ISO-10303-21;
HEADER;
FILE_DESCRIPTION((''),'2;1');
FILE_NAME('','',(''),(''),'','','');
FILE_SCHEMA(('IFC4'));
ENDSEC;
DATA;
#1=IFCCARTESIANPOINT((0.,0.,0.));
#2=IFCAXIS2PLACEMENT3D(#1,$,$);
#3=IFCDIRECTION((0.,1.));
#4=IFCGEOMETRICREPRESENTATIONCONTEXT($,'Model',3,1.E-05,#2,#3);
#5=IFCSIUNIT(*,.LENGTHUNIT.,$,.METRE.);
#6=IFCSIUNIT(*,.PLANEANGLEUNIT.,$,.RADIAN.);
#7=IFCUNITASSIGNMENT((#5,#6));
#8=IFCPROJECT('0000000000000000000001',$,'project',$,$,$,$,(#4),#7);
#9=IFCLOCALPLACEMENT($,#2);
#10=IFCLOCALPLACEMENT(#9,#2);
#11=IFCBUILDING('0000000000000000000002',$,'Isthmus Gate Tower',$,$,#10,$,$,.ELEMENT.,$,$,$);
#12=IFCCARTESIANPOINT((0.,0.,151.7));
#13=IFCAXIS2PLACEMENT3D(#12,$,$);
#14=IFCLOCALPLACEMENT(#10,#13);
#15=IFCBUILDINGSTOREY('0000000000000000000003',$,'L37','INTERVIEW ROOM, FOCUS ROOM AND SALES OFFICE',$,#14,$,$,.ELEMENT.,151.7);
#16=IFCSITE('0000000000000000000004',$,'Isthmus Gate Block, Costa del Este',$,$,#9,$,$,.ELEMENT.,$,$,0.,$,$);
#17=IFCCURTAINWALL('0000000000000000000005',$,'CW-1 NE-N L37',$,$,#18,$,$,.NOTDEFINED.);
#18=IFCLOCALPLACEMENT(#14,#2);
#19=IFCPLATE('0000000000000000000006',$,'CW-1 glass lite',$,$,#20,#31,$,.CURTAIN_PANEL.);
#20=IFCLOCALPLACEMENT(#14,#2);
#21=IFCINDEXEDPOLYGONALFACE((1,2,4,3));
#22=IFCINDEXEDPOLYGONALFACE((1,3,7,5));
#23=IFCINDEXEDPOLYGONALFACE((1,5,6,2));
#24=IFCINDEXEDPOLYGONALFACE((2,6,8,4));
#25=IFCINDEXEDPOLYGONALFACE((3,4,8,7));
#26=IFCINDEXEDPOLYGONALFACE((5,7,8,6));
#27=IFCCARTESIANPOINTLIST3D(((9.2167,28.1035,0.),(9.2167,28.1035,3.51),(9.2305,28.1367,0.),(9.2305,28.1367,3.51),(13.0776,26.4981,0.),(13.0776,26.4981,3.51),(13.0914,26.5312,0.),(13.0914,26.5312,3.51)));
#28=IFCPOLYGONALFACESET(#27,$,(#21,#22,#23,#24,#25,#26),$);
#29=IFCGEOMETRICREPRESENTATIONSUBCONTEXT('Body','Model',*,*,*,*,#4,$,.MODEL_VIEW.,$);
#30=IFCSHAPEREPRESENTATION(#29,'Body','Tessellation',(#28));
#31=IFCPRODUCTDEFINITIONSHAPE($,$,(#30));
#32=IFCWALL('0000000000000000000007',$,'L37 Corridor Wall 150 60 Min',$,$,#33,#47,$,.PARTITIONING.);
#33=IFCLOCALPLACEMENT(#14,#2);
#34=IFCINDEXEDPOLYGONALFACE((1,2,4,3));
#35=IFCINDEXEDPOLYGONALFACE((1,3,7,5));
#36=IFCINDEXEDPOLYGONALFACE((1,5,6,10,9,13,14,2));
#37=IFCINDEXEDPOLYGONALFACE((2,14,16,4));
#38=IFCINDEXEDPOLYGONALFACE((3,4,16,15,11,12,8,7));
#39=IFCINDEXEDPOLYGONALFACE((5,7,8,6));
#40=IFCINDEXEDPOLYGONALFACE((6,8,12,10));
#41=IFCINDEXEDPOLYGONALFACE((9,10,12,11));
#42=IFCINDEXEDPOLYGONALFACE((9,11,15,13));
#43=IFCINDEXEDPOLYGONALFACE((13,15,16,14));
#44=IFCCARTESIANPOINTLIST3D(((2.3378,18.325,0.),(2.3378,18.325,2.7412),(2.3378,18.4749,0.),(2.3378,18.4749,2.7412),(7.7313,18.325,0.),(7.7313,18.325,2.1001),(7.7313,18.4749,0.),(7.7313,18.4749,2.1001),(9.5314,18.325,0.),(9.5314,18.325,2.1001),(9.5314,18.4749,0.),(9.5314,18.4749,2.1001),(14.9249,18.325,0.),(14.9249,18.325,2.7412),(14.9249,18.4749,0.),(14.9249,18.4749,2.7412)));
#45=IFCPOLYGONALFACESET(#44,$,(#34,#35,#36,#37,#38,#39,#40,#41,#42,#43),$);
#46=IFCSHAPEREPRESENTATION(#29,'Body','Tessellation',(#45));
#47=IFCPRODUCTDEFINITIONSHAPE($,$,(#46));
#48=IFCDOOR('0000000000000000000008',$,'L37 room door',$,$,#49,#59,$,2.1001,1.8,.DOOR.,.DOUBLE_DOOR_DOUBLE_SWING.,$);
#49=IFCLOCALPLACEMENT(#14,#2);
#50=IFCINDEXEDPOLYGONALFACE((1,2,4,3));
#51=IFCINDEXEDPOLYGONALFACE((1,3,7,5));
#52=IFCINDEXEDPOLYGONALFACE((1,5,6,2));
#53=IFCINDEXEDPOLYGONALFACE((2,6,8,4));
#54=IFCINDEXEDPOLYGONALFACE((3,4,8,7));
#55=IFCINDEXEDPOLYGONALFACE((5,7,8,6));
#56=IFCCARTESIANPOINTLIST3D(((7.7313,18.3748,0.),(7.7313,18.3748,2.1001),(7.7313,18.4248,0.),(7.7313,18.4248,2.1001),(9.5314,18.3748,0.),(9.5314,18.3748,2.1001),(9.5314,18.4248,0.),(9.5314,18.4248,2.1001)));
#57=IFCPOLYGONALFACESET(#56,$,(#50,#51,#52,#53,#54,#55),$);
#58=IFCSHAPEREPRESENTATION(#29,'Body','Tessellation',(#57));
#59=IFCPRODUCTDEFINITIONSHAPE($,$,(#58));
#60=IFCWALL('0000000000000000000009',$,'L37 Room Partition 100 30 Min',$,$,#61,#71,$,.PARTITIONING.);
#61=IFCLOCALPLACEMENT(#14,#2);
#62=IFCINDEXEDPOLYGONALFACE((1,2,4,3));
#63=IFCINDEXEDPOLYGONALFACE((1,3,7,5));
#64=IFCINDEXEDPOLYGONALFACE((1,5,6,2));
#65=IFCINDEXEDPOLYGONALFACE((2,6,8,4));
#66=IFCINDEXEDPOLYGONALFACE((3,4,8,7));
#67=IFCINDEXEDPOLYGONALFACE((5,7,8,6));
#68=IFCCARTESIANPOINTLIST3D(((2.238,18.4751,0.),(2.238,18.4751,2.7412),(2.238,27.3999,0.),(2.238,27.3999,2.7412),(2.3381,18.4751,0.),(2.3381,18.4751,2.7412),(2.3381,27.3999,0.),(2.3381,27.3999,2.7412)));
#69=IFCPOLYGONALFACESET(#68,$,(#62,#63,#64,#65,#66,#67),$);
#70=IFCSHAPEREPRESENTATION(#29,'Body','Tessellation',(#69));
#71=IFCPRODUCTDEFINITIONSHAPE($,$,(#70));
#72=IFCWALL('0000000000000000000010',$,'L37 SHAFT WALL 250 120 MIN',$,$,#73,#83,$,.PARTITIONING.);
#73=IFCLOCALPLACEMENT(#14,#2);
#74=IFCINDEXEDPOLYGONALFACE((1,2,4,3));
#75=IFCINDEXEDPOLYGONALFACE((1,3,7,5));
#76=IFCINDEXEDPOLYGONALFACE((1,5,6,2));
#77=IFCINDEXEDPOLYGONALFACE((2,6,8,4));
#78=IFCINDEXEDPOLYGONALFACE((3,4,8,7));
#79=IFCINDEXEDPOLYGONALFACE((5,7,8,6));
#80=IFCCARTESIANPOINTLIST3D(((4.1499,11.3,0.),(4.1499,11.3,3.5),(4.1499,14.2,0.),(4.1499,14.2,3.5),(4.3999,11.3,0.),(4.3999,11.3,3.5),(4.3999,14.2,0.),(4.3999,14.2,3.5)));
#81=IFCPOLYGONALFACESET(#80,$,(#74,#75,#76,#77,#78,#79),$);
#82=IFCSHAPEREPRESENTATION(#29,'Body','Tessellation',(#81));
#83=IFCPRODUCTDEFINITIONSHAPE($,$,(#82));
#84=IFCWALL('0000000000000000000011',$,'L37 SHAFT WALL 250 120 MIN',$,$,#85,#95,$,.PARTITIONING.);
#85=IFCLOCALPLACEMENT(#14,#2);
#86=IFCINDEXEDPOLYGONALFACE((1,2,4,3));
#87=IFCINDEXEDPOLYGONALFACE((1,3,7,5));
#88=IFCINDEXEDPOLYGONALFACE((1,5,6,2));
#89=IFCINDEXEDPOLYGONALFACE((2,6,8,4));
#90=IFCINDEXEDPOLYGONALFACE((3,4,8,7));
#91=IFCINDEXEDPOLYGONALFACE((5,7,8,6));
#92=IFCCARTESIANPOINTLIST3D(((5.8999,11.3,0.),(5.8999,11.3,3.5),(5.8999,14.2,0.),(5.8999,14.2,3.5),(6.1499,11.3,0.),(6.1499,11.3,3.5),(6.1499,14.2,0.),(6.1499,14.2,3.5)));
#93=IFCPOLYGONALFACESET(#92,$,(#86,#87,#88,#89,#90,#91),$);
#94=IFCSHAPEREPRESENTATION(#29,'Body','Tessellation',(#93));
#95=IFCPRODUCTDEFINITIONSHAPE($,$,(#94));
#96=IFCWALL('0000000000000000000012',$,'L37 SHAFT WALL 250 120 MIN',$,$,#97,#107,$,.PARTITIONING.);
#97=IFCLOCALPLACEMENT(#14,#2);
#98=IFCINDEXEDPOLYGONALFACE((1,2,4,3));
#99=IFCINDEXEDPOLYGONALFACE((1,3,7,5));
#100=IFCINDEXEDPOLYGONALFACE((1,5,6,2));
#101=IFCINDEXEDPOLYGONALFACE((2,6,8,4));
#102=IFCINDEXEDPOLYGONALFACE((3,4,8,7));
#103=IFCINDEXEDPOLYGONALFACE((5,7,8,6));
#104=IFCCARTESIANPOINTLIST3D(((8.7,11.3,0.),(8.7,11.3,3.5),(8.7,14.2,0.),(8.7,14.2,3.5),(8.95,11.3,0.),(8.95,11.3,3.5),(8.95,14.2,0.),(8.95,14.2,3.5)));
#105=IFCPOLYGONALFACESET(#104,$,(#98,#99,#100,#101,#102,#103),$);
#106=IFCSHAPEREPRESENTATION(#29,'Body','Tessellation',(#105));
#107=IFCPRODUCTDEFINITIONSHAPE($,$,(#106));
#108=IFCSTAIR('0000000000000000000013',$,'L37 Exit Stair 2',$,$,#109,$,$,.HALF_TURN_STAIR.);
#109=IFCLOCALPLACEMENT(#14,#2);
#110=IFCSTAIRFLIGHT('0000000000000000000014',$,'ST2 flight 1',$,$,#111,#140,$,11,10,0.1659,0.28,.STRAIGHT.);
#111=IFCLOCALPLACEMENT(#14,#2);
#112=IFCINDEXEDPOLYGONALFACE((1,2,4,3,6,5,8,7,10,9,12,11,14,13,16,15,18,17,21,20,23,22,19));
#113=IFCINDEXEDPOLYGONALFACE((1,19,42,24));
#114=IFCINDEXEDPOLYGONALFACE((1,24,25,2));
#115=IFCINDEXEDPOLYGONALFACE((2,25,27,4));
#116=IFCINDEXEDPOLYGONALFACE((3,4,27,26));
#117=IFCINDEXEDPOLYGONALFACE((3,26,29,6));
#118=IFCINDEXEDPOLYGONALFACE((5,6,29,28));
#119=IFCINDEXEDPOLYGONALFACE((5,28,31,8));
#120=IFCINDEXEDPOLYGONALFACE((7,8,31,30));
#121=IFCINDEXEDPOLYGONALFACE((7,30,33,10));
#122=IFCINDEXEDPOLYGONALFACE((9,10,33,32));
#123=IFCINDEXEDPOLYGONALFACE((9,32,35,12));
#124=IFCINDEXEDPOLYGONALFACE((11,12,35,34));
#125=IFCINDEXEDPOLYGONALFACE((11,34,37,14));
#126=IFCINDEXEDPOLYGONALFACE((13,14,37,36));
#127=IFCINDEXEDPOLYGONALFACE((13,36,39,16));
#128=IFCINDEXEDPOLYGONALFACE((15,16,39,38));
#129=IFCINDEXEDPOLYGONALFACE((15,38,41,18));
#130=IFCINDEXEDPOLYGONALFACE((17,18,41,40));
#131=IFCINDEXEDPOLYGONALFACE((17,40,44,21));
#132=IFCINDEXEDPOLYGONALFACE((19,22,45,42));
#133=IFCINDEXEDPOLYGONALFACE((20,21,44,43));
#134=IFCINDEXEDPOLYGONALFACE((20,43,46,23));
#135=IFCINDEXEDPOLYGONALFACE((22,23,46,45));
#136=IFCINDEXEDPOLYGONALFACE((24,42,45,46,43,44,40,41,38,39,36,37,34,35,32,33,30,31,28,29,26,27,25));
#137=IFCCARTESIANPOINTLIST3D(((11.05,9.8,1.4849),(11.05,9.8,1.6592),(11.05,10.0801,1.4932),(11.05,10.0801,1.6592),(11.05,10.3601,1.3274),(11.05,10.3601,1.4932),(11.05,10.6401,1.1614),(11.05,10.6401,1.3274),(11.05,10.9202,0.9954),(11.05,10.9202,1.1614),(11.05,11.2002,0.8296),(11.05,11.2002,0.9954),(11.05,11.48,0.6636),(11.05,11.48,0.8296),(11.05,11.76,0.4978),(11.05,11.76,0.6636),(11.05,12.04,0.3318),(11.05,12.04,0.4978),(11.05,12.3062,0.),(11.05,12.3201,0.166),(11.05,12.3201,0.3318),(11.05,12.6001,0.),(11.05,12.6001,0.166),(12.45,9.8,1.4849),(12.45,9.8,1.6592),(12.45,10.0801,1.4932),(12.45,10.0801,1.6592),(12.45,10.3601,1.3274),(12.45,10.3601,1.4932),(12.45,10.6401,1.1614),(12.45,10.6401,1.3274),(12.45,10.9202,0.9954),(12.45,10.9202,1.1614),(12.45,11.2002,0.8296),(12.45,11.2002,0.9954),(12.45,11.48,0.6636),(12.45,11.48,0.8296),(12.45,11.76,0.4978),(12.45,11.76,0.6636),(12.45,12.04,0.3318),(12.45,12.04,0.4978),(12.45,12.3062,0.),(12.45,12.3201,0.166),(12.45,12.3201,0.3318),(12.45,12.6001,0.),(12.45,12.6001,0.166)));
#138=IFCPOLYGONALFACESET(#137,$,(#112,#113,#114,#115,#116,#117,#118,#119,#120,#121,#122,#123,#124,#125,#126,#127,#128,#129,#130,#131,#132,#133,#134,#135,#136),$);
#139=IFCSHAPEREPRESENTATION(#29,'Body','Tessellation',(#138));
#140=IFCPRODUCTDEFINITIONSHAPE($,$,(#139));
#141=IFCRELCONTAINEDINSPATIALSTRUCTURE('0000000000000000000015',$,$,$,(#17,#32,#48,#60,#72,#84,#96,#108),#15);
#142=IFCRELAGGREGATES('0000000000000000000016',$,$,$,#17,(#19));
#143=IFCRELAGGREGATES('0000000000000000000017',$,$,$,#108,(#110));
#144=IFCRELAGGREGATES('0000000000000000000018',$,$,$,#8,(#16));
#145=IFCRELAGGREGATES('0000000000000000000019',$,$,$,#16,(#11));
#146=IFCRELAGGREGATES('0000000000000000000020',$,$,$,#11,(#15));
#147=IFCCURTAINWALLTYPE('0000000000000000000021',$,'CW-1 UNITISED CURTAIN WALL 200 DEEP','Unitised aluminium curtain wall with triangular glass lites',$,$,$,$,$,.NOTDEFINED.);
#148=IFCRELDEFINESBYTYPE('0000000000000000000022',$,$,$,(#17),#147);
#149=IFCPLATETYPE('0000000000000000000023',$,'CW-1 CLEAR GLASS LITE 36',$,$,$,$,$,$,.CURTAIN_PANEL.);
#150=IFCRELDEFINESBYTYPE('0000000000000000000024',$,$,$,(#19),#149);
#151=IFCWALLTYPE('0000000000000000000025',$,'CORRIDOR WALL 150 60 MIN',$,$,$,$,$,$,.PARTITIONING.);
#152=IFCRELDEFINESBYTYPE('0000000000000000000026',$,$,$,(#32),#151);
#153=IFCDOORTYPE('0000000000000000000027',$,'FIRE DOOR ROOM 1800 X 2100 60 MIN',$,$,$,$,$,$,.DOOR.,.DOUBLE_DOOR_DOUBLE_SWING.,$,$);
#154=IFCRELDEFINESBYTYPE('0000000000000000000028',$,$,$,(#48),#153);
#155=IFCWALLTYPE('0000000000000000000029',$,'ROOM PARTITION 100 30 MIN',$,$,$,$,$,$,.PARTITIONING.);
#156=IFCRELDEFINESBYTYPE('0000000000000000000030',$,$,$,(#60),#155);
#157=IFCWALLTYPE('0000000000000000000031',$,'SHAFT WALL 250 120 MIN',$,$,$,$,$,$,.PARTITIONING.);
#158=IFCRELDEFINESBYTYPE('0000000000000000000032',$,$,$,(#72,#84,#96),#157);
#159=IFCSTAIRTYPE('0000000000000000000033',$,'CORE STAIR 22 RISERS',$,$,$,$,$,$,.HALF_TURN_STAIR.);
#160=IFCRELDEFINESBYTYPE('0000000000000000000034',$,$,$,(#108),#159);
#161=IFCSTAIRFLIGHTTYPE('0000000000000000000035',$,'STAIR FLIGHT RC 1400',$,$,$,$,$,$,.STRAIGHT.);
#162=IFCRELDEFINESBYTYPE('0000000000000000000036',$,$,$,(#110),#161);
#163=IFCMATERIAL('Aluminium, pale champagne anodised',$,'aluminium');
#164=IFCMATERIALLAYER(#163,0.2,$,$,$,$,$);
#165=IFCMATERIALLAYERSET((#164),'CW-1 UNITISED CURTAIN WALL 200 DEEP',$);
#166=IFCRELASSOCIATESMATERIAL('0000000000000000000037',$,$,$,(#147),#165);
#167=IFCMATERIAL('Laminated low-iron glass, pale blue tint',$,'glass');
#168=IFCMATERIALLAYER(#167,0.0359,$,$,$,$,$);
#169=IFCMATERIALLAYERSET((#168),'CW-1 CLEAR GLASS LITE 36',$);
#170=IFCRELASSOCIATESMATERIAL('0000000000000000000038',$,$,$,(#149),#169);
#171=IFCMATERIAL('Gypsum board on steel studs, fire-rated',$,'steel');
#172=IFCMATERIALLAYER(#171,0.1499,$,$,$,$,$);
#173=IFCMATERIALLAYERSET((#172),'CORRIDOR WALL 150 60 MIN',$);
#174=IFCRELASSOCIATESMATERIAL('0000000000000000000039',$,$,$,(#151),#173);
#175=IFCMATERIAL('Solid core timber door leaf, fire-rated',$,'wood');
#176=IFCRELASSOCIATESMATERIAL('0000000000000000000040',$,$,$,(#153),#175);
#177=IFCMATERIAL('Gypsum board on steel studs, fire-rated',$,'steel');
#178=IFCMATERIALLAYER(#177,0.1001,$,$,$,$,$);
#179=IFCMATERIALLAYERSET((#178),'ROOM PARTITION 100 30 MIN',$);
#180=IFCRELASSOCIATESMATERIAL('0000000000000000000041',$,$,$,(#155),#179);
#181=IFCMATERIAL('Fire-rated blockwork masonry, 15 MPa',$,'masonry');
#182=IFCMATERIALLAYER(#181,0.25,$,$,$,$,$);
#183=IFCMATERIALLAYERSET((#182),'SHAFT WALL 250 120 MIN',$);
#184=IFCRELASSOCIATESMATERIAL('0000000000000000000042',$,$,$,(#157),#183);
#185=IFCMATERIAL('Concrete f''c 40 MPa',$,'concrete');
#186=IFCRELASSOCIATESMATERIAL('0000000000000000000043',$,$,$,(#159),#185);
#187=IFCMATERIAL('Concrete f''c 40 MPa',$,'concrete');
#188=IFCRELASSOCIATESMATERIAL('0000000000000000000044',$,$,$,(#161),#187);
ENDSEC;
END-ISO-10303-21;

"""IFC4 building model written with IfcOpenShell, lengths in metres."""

from ifc_helpers import new_model, si_unit, direction, frame, frame_2d, origin, origin_2d, place, context, subcontext, project, spatial, polyline, rectangle, outline, extrude, material, layer, layer_set, type_object, element, fill, aggregate, save


model = new_model("IFC4")

# Units and contexts
model_context = context("Model", 3, precision=1e-05, world=origin(), true_north=direction((0.0, 1.0)))
body_context = subcontext(model_context, "Body", "Model", "MODEL_VIEW")
ifc_project = project(units=[si_unit("LENGTHUNIT", "METRE"), si_unit("PLANEANGLEUNIT", "RADIAN")], contexts=[model_context])

# Site, building, storey
site_placement = place(None, origin())
site = spatial("IfcSite", under=ifc_project, at=site_placement, Name="Isthmus Gate Block, Costa del Este", CompositionType="ELEMENT", RefElevation=0.0)
building_placement = place(site_placement, origin())
building = spatial("IfcBuilding", under=site, at=building_placement, Name="Isthmus Gate Tower", CompositionType="ELEMENT")
storey_placement = place(building_placement, frame((0.0, 0.0, 151.7)))
storey = spatial("IfcBuildingStorey", under=building, at=storey_placement, Name="L37", Description="INTERVIEW ROOM, FOCUS ROOM AND SALES OFFICE", CompositionType="ELEMENT", Elevation=151.7)

# Shared definitions
ifc_material_1 = material(Name="Aluminium, pale champagne anodised", Category="aluminium")
ifc_layer_1 = layer(ifc_material_1, 0.2)
ifc_layer_set_1 = layer_set([ifc_layer_1], Name="CW-1 UNITISED CURTAIN WALL 200 DEEP")
curtain_wall_type = type_object("IfcCurtainWallType", Name="CW-1 UNITISED CURTAIN WALL 200 DEEP", Description="Unitised aluminium curtain wall with triangular glass lites", PredefinedType="NOTDEFINED", material=ifc_layer_set_1)

# Curtain wall
curtain_wall_1_placement = place(storey_placement, origin())
curtain_wall_1 = element("IfcCurtainWall", 1, at=curtain_wall_1_placement, inside=storey, type_object=curtain_wall_type, Name="CW-1 NE-N L37", PredefinedType="NOTDEFINED")

# Plate
ifc_material_2 = material(Name="Laminated low-iron glass, pale blue tint", Category="glass")
ifc_layer_2 = layer(ifc_material_2, 0.0359)
ifc_layer_set_2 = layer_set([ifc_layer_2], Name="CW-1 CLEAR GLASS LITE 36")
plate_type = type_object("IfcPlateType", Name="CW-1 CLEAR GLASS LITE 36", PredefinedType="CURTAIN_PANEL", material=ifc_layer_set_2)
plate_1_placement = place(storey_placement, frame((11.1541, 27.3174, 0.0), z_axis=(0.0, 0.0, 1.0), x_axis=(-0.923353, 0.383952, 0.0)))
plate_1 = element("IfcPlate", 2, at=plate_1_placement, type_object=plate_type, Name="CW-1 glass lite", PredefinedType="CURTAIN_PANEL", context=body_context, shape_type="SweptSolid", body=[
    extrude(rectangle(XDim=4.1814, YDim=0.0359, at=origin_2d()), origin(), (0.0, 0.0, 1.0), 3.51),
])
aggregate(curtain_wall_1, [plate_1])

# Wall, opening, door
ifc_material_3 = material(Name="Gypsum board on steel studs, fire-rated", Category="steel")
ifc_layer_3 = layer(ifc_material_3, 0.1499)
ifc_layer_set_3 = layer_set([ifc_layer_3], Name="CORRIDOR WALL 150 60 MIN")
wall_type_1 = type_object("IfcWallType", Name="CORRIDOR WALL 150 60 MIN", PredefinedType="PARTITIONING", material=ifc_layer_set_3)
wall_1_placement = place(storey_placement, frame((2.3379, 18.3999, 0.0), z_axis=(0.0, 0.0, 1.0), x_axis=(1.0, 0.0, 0.0)))
wall_1 = element("IfcWall", 3, at=wall_1_placement, inside=storey, type_object=wall_type_1, Name="L37 Corridor Wall 150 60 Min", PredefinedType="PARTITIONING", context=body_context, shape_type="SweptSolid", body=[
    extrude(rectangle(XDim=12.5872, YDim=0.1499, at=frame_2d((6.2935, 0.0))), origin(), (0.0, 0.0, 1.0), 2.7412),
])
opening_placement = place(wall_1_placement, frame((5.3936, 0.0, 0.0)))
opening = element("IfcOpeningElement", 4, at=opening_placement, cuts=wall_1, PredefinedType="OPENING", context=body_context, shape_type="SweptSolid", body=[
    extrude(rectangle(XDim=1.8, YDim=2.1001, at=frame_2d((0.8999, 1.05))), frame((0.0, 0.085, 0.0), z_axis=(0.0, -1.0, 0.0), x_axis=(1.0, 0.0, 0.0)), (0.0, 0.0, 1.0), 0.1699),
])
ifc_material_4 = material(Name="Solid core timber door leaf, fire-rated", Category="wood")
door_type = type_object("IfcDoorType", Name="FIRE DOOR ROOM 1800 X 2100 60 MIN", OperationType="DOUBLE_DOOR_DOUBLE_SWING", PredefinedType="DOOR", material=ifc_material_4)
door_placement = place(opening_placement, origin())
door = element("IfcDoor", 5, at=door_placement, inside=storey, type_object=door_type, Name="L37 room door", OperationType="DOUBLE_DOOR_DOUBLE_SWING", OverallHeight=2.1001, OverallWidth=1.8, PredefinedType="DOOR", context=body_context, shape_type="SweptSolid", body=[
    extrude(rectangle(XDim=1.8, YDim=2.1001, at=frame_2d((0.8999, 1.05))), frame((0.0, 0.0249, 0.0), z_axis=(0.0, -1.0, 0.0), x_axis=(1.0, 0.0, 0.0)), (0.0, 0.0, 1.0), 0.05),
])
fill(opening, door)

# Walls
ifc_material_5 = material(Name="Gypsum board on steel studs, fire-rated", Category="steel")
ifc_layer_4 = layer(ifc_material_5, 0.1001)
ifc_layer_set_4 = layer_set([ifc_layer_4], Name="ROOM PARTITION 100 30 MIN")
wall_type_2 = type_object("IfcWallType", Name="ROOM PARTITION 100 30 MIN", PredefinedType="PARTITIONING", material=ifc_layer_set_4)
wall_2_placement = place(storey_placement, frame((2.2881, 18.4751, 0.0), z_axis=(0.0, 0.0, 1.0), x_axis=(0.0, 1.0, 0.0)))
element("IfcWall", 6, at=wall_2_placement, inside=storey, type_object=wall_type_2, Name="L37 Room Partition 100 30 Min", PredefinedType="PARTITIONING", context=body_context, shape_type="SweptSolid", body=[
    extrude(rectangle(XDim=8.9248, YDim=0.1001, at=frame_2d((4.4624, 0.0))), origin(), (0.0, 0.0, 1.0), 2.7412),
])
ifc_material_6 = material(Name="Fire-rated blockwork masonry, 15 MPa", Category="masonry")
ifc_layer_5 = layer(ifc_material_6, 0.25)
ifc_layer_set_5 = layer_set([ifc_layer_5], Name="SHAFT WALL 250 120 MIN")
wall_type_3 = type_object("IfcWallType", Name="SHAFT WALL 250 120 MIN", PredefinedType="PARTITIONING", material=ifc_layer_set_5)
for number, where, z_axis, x_axis, name in (
    (7, (4.2749, 11.3, 0.0), (0.0, 0.0, 1.0), (0.0, 1.0, 0.0), "L37 SHAFT WALL 250 120 MIN"),
    (8, (6.0249, 11.3, 0.0), (0.0, 0.0, 1.0), (0.0, 1.0, 0.0), "L37 SHAFT WALL 250 120 MIN"),
    (9, (8.825, 11.3, 0.0), (0.0, 0.0, 1.0), (0.0, 1.0, 0.0), "L37 SHAFT WALL 250 120 MIN"),
):
    element("IfcWall", number, at=place(storey_placement, frame(where, z_axis=z_axis, x_axis=x_axis)), inside=storey, type_object=wall_type_3, Name=name, PredefinedType="PARTITIONING", context=body_context, shape_type="SweptSolid", body=[
        extrude(rectangle(XDim=2.8999, YDim=0.25, at=frame_2d((1.45, 0.0))), origin(), (0.0, 0.0, 1.0), 3.5),
    ])

# Stair, stair flight
ifc_material_7 = material(Name="Concrete f'c 40 MPa", Category="concrete")
stair_type = type_object("IfcStairType", Name="CORE STAIR 22 RISERS", PredefinedType="HALF_TURN_STAIR", material=ifc_material_7)
stair_placement = place(storey_placement, origin())
stair = element("IfcStair", 10, at=stair_placement, inside=storey, type_object=stair_type, Name="L37 Exit Stair 2", PredefinedType="HALF_TURN_STAIR")
ifc_material_8 = material(Name="Concrete f'c 40 MPa", Category="concrete")
stair_flight_type = type_object("IfcStairFlightType", Name="STAIR FLIGHT RC 1400", PredefinedType="STRAIGHT", material=ifc_material_8)
stair_flight_placement = place(storey_placement, frame((11.75, 12.6001, 0.0), z_axis=(0.0, 0.0, 1.0), x_axis=(0.0, -1.0, 0.0)))
stair_flight = element("IfcStairFlight", 11, at=stair_flight_placement, type_object=stair_flight_type, Name="ST2 flight 1", NumberOfRisers=11, NumberOfTreads=10, PredefinedType="STRAIGHT", RiserHeight=0.1659, TreadLength=0.28, context=body_context, shape_type="SweptSolid", body=[
    extrude(outline(polyline([(0.0, 0.0), (0.0, 0.166), (0.28, 0.166), (0.28, 0.3318), (0.5601, 0.3318), (0.5601, 0.4978), (0.8401, 0.4978), (0.8401, 0.6636), (1.1201, 0.6636), (1.1201, 0.8296), (1.3999, 0.8296), (1.3999, 0.9954), (1.6799, 0.9954), (1.6799, 1.1614), (1.96, 1.1614), (1.96, 1.3274), (2.24, 1.3274), (2.24, 1.4932), (2.52, 1.4932), (2.52, 1.6592), (2.8, 1.6592), (2.8, 1.825), (2.8, 1.4849), (0.2939, 0.0), (0.0, 0.0)])), frame((0.0, 0.7, 0.0), z_axis=(0.0, -1.0, 0.0), x_axis=(1.0, 0.0, 0.0)), (0.0, 0.0, 1.0), 1.3999),
])
aggregate(stair, [stair_flight])

save(model, "model.ifc")
